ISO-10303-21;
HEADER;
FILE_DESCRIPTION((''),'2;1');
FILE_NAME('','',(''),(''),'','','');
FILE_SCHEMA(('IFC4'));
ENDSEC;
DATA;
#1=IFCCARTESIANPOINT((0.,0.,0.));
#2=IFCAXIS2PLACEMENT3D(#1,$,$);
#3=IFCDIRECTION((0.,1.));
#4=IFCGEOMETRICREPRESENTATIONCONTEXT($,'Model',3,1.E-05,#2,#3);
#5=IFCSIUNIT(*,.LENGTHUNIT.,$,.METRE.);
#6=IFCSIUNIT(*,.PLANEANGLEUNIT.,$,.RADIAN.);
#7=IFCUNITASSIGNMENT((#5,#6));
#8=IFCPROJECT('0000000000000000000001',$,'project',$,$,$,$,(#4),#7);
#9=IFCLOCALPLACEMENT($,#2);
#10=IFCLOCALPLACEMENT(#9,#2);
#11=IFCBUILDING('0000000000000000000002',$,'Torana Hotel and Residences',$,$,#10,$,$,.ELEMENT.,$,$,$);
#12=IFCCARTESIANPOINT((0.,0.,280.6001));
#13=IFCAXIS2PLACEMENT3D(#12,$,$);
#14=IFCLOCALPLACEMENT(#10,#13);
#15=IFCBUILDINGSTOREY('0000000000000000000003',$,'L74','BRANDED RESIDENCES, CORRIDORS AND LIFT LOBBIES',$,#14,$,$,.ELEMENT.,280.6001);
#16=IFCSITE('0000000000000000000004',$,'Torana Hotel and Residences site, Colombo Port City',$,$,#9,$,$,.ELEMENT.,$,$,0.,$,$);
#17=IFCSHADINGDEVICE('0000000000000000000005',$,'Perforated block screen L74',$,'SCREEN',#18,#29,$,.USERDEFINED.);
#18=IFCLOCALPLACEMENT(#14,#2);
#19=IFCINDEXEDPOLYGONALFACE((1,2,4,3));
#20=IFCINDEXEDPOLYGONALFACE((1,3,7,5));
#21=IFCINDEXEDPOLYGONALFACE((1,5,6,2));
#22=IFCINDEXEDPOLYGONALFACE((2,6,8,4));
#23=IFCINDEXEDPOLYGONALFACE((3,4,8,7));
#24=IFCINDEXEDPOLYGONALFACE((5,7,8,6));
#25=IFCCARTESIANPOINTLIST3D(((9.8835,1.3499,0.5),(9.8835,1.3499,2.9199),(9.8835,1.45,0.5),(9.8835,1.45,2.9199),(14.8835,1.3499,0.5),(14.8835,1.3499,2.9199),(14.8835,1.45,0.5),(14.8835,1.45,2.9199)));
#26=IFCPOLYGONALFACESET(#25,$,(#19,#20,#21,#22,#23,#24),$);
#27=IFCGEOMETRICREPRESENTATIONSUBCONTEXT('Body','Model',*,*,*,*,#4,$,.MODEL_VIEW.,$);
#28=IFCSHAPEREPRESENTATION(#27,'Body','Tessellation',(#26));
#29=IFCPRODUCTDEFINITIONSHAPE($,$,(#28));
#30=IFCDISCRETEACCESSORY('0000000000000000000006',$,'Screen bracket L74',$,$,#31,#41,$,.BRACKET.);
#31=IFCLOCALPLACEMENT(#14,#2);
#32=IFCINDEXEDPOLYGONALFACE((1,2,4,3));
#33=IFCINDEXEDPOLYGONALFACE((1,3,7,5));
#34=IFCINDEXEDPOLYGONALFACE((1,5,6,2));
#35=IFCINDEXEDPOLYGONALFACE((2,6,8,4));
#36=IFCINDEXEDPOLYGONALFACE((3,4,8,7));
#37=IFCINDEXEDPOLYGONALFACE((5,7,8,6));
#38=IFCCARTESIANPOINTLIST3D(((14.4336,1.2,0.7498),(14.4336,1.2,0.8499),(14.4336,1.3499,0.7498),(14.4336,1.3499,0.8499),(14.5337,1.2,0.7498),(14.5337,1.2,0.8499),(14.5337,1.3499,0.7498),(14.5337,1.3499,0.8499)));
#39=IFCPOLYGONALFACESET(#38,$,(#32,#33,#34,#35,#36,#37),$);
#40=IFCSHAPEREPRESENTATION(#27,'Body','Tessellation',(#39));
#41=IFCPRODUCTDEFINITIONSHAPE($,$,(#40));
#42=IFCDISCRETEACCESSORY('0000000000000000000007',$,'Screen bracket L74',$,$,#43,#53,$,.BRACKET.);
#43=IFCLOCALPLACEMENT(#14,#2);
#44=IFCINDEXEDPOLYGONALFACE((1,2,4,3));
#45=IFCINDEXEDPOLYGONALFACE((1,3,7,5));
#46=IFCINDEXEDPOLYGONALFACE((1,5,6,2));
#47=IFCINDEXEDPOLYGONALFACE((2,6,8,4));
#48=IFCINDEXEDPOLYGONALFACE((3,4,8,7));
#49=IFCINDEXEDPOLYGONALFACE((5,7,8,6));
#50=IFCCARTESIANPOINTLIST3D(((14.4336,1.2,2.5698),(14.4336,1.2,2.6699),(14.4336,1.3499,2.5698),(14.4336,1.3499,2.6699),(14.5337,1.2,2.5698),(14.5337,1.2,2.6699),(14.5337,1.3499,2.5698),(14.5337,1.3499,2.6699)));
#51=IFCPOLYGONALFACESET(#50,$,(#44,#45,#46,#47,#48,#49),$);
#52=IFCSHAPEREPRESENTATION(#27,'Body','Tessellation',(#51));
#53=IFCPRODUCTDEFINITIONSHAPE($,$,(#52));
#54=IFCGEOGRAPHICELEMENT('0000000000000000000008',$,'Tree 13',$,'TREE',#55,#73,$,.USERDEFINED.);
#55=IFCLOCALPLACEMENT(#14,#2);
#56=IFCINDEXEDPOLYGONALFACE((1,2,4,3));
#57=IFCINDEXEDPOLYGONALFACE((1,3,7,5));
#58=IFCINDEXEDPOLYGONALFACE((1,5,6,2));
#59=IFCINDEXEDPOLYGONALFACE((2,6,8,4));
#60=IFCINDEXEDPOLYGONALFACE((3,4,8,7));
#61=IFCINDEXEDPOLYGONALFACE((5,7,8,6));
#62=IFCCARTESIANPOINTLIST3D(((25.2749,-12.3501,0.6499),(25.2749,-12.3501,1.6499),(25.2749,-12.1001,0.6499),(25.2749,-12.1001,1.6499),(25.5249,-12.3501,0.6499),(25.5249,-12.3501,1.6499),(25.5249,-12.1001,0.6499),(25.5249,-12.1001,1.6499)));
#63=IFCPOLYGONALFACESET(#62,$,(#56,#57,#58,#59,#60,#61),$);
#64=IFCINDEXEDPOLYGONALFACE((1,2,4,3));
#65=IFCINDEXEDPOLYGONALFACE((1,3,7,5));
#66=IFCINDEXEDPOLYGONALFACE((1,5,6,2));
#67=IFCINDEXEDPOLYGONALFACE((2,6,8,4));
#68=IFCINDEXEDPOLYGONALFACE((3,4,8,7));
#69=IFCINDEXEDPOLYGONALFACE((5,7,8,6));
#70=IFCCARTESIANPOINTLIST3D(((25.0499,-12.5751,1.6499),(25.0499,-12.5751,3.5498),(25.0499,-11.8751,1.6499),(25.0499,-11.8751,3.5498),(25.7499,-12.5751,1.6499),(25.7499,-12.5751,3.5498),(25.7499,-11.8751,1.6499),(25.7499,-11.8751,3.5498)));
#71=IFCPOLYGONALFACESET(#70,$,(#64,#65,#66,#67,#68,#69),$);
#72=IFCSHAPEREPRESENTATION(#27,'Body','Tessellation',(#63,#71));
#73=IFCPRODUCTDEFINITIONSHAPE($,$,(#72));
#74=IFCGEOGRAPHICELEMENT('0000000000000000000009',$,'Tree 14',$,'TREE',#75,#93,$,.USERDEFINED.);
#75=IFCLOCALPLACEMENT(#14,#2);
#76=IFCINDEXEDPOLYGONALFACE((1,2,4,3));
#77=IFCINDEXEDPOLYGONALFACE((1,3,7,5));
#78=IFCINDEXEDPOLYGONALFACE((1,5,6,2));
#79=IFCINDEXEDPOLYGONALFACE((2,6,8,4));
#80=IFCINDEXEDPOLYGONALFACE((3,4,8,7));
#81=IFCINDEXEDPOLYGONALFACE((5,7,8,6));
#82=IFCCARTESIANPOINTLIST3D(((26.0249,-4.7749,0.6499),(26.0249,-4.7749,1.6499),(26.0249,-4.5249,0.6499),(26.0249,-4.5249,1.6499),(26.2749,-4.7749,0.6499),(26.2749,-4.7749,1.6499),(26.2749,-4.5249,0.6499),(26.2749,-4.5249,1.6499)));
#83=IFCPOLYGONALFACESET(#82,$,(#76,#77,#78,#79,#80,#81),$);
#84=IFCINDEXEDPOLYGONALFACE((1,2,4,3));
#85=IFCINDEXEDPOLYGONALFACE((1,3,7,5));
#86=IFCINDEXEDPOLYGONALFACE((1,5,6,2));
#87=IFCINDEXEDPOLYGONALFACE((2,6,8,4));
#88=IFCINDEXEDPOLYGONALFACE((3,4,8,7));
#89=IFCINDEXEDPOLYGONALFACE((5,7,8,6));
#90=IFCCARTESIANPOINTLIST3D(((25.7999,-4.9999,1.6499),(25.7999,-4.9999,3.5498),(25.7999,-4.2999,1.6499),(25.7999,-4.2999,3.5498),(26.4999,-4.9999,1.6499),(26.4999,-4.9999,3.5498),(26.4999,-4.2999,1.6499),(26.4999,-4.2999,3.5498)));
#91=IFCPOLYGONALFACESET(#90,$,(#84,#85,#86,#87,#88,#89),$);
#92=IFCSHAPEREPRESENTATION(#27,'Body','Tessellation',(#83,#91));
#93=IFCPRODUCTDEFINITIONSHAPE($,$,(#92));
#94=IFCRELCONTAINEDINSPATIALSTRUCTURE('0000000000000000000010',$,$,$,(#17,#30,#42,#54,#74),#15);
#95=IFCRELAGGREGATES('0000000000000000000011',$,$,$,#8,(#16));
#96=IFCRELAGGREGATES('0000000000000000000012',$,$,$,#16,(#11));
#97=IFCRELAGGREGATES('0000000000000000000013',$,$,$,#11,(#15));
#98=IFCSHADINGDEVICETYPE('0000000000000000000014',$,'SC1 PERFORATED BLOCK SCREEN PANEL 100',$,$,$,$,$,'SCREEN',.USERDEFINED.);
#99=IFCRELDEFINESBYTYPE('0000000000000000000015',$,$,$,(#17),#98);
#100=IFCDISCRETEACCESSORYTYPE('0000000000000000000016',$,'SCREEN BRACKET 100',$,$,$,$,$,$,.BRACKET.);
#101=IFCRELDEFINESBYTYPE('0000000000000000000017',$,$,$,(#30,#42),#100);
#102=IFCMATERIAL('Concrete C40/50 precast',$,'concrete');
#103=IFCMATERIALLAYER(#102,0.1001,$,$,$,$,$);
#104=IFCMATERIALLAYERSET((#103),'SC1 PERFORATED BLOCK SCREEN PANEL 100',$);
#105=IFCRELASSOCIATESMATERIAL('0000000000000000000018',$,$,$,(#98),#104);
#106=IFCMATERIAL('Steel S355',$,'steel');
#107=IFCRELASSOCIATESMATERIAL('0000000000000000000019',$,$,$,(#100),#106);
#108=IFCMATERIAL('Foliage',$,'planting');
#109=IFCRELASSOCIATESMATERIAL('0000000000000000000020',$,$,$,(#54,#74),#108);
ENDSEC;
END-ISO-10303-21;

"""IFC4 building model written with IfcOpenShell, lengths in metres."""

from ifc_helpers import new_model, si_unit, direction, frame, origin, origin_2d, place, context, subcontext, project, spatial, rectangle, extrude, material, layer, layer_set, type_object, element, save


model = new_model("IFC4")

# Units and contexts
model_context = context("Model", 3, precision=1e-05, world=origin(), true_north=direction((0.0, 1.0)))
body_context = subcontext(model_context, "Body", "Model", "MODEL_VIEW")
ifc_project = project(units=[si_unit("LENGTHUNIT", "METRE"), si_unit("PLANEANGLEUNIT", "RADIAN")], contexts=[model_context])

# Site, building, storey
site_placement = place(None, origin())
site = spatial("IfcSite", under=ifc_project, at=site_placement, Name="Torana Hotel and Residences site, Colombo Port City", CompositionType="ELEMENT", RefElevation=0.0)
building_placement = place(site_placement, origin())
building = spatial("IfcBuilding", under=site, at=building_placement, Name="Torana Hotel and Residences", CompositionType="ELEMENT")
storey_placement = place(building_placement, frame((0.0, 0.0, 280.6001)))
storey = spatial("IfcBuildingStorey", under=building, at=storey_placement, Name="L74", Description="BRANDED RESIDENCES, CORRIDORS AND LIFT LOBBIES", CompositionType="ELEMENT", Elevation=280.6001)

# Shading device
ifc_material_1 = material(Name="Concrete C40/50 precast", Category="concrete")
ifc_layer_1 = layer(ifc_material_1, 0.1001)
ifc_layer_set_1 = layer_set([ifc_layer_1], Name="SC1 PERFORATED BLOCK SCREEN PANEL 100")
shading_device_type_1 = type_object("IfcShadingDeviceType", Name="SC1 PERFORATED BLOCK SCREEN PANEL 100", ElementType="SCREEN", PredefinedType="USERDEFINED", material=ifc_layer_set_1)
shading_device_1_placement = place(storey_placement, frame((12.3835, 1.3999, 0.5), z_axis=(0.0, 0.0, 1.0), x_axis=(-1.0, 0.0, 0.0)))
element("IfcShadingDevice", 1, at=shading_device_1_placement, inside=storey, type_object=shading_device_type_1, Name="Perforated block screen L74", ObjectType="SCREEN", PredefinedType="USERDEFINED", context=body_context, shape_type="SweptSolid", body=[
    extrude(rectangle(XDim=5.0, YDim=0.1001, at=origin_2d()), origin(), (0.0, 0.0, 1.0), 2.4199),
])

# Discrete accessories
ifc_material_2 = material(Name="Steel S355", Category="steel")
discrete_accessory_type = type_object("IfcDiscreteAccessoryType", Name="SCREEN BRACKET 100", PredefinedType="BRACKET", material=ifc_material_2)
for number, where, z_axis, x_axis, name in (
    (2, (14.4836, 1.2749, 0.7498), (0.0, 0.0, 1.0), (-1.0, 0.0, 0.0), "Screen bracket L74"),
    (3, (14.4836, 1.2749, 2.5698), (0.0, 0.0, 1.0), (-1.0, 0.0, 0.0), "Screen bracket L74"),
):
    element("IfcDiscreteAccessory", number, at=place(storey_placement, frame(where, z_axis=z_axis, x_axis=x_axis)), inside=storey, type_object=discrete_accessory_type, Name=name, PredefinedType="BRACKET", context=body_context, shape_type="SweptSolid", body=[
        extrude(rectangle(XDim=0.1001, YDim=0.1499, at=origin_2d()), origin(), (0.0, 0.0, 1.0), 0.1001),
    ])

# Geographic elements
ifc_material_3 = material(Name="Foliage", Category="planting")
for number, where, z_axis, x_axis, name in (
    (4, (25.3999, -12.2251, 0.6499), (0.0, 0.0, 1.0), (1.0, 0.0, 0.0), "Tree 13"),
    (5, (26.1499, -4.6499, 0.6499), (0.0, 0.0, 1.0), (1.0, 0.0, 0.0), "Tree 14"),
):
    element("IfcGeographicElement", number, at=place(storey_placement, frame(where, z_axis=z_axis, x_axis=x_axis)), inside=storey, material=ifc_material_3, Name=name, ObjectType="TREE", PredefinedType="USERDEFINED", context=body_context, shape_type="SweptSolid", body=[
        extrude(rectangle(XDim=0.25, YDim=0.25, at=origin_2d()), origin(), (0.0, 0.0, 1.0), 1.0),
        extrude(rectangle(XDim=0.7, YDim=0.7, at=origin_2d()), frame((0.0, 0.0, 1.0)), (0.0, 0.0, 1.0), 1.8999),
    ])

save(model, "model.ifc")
